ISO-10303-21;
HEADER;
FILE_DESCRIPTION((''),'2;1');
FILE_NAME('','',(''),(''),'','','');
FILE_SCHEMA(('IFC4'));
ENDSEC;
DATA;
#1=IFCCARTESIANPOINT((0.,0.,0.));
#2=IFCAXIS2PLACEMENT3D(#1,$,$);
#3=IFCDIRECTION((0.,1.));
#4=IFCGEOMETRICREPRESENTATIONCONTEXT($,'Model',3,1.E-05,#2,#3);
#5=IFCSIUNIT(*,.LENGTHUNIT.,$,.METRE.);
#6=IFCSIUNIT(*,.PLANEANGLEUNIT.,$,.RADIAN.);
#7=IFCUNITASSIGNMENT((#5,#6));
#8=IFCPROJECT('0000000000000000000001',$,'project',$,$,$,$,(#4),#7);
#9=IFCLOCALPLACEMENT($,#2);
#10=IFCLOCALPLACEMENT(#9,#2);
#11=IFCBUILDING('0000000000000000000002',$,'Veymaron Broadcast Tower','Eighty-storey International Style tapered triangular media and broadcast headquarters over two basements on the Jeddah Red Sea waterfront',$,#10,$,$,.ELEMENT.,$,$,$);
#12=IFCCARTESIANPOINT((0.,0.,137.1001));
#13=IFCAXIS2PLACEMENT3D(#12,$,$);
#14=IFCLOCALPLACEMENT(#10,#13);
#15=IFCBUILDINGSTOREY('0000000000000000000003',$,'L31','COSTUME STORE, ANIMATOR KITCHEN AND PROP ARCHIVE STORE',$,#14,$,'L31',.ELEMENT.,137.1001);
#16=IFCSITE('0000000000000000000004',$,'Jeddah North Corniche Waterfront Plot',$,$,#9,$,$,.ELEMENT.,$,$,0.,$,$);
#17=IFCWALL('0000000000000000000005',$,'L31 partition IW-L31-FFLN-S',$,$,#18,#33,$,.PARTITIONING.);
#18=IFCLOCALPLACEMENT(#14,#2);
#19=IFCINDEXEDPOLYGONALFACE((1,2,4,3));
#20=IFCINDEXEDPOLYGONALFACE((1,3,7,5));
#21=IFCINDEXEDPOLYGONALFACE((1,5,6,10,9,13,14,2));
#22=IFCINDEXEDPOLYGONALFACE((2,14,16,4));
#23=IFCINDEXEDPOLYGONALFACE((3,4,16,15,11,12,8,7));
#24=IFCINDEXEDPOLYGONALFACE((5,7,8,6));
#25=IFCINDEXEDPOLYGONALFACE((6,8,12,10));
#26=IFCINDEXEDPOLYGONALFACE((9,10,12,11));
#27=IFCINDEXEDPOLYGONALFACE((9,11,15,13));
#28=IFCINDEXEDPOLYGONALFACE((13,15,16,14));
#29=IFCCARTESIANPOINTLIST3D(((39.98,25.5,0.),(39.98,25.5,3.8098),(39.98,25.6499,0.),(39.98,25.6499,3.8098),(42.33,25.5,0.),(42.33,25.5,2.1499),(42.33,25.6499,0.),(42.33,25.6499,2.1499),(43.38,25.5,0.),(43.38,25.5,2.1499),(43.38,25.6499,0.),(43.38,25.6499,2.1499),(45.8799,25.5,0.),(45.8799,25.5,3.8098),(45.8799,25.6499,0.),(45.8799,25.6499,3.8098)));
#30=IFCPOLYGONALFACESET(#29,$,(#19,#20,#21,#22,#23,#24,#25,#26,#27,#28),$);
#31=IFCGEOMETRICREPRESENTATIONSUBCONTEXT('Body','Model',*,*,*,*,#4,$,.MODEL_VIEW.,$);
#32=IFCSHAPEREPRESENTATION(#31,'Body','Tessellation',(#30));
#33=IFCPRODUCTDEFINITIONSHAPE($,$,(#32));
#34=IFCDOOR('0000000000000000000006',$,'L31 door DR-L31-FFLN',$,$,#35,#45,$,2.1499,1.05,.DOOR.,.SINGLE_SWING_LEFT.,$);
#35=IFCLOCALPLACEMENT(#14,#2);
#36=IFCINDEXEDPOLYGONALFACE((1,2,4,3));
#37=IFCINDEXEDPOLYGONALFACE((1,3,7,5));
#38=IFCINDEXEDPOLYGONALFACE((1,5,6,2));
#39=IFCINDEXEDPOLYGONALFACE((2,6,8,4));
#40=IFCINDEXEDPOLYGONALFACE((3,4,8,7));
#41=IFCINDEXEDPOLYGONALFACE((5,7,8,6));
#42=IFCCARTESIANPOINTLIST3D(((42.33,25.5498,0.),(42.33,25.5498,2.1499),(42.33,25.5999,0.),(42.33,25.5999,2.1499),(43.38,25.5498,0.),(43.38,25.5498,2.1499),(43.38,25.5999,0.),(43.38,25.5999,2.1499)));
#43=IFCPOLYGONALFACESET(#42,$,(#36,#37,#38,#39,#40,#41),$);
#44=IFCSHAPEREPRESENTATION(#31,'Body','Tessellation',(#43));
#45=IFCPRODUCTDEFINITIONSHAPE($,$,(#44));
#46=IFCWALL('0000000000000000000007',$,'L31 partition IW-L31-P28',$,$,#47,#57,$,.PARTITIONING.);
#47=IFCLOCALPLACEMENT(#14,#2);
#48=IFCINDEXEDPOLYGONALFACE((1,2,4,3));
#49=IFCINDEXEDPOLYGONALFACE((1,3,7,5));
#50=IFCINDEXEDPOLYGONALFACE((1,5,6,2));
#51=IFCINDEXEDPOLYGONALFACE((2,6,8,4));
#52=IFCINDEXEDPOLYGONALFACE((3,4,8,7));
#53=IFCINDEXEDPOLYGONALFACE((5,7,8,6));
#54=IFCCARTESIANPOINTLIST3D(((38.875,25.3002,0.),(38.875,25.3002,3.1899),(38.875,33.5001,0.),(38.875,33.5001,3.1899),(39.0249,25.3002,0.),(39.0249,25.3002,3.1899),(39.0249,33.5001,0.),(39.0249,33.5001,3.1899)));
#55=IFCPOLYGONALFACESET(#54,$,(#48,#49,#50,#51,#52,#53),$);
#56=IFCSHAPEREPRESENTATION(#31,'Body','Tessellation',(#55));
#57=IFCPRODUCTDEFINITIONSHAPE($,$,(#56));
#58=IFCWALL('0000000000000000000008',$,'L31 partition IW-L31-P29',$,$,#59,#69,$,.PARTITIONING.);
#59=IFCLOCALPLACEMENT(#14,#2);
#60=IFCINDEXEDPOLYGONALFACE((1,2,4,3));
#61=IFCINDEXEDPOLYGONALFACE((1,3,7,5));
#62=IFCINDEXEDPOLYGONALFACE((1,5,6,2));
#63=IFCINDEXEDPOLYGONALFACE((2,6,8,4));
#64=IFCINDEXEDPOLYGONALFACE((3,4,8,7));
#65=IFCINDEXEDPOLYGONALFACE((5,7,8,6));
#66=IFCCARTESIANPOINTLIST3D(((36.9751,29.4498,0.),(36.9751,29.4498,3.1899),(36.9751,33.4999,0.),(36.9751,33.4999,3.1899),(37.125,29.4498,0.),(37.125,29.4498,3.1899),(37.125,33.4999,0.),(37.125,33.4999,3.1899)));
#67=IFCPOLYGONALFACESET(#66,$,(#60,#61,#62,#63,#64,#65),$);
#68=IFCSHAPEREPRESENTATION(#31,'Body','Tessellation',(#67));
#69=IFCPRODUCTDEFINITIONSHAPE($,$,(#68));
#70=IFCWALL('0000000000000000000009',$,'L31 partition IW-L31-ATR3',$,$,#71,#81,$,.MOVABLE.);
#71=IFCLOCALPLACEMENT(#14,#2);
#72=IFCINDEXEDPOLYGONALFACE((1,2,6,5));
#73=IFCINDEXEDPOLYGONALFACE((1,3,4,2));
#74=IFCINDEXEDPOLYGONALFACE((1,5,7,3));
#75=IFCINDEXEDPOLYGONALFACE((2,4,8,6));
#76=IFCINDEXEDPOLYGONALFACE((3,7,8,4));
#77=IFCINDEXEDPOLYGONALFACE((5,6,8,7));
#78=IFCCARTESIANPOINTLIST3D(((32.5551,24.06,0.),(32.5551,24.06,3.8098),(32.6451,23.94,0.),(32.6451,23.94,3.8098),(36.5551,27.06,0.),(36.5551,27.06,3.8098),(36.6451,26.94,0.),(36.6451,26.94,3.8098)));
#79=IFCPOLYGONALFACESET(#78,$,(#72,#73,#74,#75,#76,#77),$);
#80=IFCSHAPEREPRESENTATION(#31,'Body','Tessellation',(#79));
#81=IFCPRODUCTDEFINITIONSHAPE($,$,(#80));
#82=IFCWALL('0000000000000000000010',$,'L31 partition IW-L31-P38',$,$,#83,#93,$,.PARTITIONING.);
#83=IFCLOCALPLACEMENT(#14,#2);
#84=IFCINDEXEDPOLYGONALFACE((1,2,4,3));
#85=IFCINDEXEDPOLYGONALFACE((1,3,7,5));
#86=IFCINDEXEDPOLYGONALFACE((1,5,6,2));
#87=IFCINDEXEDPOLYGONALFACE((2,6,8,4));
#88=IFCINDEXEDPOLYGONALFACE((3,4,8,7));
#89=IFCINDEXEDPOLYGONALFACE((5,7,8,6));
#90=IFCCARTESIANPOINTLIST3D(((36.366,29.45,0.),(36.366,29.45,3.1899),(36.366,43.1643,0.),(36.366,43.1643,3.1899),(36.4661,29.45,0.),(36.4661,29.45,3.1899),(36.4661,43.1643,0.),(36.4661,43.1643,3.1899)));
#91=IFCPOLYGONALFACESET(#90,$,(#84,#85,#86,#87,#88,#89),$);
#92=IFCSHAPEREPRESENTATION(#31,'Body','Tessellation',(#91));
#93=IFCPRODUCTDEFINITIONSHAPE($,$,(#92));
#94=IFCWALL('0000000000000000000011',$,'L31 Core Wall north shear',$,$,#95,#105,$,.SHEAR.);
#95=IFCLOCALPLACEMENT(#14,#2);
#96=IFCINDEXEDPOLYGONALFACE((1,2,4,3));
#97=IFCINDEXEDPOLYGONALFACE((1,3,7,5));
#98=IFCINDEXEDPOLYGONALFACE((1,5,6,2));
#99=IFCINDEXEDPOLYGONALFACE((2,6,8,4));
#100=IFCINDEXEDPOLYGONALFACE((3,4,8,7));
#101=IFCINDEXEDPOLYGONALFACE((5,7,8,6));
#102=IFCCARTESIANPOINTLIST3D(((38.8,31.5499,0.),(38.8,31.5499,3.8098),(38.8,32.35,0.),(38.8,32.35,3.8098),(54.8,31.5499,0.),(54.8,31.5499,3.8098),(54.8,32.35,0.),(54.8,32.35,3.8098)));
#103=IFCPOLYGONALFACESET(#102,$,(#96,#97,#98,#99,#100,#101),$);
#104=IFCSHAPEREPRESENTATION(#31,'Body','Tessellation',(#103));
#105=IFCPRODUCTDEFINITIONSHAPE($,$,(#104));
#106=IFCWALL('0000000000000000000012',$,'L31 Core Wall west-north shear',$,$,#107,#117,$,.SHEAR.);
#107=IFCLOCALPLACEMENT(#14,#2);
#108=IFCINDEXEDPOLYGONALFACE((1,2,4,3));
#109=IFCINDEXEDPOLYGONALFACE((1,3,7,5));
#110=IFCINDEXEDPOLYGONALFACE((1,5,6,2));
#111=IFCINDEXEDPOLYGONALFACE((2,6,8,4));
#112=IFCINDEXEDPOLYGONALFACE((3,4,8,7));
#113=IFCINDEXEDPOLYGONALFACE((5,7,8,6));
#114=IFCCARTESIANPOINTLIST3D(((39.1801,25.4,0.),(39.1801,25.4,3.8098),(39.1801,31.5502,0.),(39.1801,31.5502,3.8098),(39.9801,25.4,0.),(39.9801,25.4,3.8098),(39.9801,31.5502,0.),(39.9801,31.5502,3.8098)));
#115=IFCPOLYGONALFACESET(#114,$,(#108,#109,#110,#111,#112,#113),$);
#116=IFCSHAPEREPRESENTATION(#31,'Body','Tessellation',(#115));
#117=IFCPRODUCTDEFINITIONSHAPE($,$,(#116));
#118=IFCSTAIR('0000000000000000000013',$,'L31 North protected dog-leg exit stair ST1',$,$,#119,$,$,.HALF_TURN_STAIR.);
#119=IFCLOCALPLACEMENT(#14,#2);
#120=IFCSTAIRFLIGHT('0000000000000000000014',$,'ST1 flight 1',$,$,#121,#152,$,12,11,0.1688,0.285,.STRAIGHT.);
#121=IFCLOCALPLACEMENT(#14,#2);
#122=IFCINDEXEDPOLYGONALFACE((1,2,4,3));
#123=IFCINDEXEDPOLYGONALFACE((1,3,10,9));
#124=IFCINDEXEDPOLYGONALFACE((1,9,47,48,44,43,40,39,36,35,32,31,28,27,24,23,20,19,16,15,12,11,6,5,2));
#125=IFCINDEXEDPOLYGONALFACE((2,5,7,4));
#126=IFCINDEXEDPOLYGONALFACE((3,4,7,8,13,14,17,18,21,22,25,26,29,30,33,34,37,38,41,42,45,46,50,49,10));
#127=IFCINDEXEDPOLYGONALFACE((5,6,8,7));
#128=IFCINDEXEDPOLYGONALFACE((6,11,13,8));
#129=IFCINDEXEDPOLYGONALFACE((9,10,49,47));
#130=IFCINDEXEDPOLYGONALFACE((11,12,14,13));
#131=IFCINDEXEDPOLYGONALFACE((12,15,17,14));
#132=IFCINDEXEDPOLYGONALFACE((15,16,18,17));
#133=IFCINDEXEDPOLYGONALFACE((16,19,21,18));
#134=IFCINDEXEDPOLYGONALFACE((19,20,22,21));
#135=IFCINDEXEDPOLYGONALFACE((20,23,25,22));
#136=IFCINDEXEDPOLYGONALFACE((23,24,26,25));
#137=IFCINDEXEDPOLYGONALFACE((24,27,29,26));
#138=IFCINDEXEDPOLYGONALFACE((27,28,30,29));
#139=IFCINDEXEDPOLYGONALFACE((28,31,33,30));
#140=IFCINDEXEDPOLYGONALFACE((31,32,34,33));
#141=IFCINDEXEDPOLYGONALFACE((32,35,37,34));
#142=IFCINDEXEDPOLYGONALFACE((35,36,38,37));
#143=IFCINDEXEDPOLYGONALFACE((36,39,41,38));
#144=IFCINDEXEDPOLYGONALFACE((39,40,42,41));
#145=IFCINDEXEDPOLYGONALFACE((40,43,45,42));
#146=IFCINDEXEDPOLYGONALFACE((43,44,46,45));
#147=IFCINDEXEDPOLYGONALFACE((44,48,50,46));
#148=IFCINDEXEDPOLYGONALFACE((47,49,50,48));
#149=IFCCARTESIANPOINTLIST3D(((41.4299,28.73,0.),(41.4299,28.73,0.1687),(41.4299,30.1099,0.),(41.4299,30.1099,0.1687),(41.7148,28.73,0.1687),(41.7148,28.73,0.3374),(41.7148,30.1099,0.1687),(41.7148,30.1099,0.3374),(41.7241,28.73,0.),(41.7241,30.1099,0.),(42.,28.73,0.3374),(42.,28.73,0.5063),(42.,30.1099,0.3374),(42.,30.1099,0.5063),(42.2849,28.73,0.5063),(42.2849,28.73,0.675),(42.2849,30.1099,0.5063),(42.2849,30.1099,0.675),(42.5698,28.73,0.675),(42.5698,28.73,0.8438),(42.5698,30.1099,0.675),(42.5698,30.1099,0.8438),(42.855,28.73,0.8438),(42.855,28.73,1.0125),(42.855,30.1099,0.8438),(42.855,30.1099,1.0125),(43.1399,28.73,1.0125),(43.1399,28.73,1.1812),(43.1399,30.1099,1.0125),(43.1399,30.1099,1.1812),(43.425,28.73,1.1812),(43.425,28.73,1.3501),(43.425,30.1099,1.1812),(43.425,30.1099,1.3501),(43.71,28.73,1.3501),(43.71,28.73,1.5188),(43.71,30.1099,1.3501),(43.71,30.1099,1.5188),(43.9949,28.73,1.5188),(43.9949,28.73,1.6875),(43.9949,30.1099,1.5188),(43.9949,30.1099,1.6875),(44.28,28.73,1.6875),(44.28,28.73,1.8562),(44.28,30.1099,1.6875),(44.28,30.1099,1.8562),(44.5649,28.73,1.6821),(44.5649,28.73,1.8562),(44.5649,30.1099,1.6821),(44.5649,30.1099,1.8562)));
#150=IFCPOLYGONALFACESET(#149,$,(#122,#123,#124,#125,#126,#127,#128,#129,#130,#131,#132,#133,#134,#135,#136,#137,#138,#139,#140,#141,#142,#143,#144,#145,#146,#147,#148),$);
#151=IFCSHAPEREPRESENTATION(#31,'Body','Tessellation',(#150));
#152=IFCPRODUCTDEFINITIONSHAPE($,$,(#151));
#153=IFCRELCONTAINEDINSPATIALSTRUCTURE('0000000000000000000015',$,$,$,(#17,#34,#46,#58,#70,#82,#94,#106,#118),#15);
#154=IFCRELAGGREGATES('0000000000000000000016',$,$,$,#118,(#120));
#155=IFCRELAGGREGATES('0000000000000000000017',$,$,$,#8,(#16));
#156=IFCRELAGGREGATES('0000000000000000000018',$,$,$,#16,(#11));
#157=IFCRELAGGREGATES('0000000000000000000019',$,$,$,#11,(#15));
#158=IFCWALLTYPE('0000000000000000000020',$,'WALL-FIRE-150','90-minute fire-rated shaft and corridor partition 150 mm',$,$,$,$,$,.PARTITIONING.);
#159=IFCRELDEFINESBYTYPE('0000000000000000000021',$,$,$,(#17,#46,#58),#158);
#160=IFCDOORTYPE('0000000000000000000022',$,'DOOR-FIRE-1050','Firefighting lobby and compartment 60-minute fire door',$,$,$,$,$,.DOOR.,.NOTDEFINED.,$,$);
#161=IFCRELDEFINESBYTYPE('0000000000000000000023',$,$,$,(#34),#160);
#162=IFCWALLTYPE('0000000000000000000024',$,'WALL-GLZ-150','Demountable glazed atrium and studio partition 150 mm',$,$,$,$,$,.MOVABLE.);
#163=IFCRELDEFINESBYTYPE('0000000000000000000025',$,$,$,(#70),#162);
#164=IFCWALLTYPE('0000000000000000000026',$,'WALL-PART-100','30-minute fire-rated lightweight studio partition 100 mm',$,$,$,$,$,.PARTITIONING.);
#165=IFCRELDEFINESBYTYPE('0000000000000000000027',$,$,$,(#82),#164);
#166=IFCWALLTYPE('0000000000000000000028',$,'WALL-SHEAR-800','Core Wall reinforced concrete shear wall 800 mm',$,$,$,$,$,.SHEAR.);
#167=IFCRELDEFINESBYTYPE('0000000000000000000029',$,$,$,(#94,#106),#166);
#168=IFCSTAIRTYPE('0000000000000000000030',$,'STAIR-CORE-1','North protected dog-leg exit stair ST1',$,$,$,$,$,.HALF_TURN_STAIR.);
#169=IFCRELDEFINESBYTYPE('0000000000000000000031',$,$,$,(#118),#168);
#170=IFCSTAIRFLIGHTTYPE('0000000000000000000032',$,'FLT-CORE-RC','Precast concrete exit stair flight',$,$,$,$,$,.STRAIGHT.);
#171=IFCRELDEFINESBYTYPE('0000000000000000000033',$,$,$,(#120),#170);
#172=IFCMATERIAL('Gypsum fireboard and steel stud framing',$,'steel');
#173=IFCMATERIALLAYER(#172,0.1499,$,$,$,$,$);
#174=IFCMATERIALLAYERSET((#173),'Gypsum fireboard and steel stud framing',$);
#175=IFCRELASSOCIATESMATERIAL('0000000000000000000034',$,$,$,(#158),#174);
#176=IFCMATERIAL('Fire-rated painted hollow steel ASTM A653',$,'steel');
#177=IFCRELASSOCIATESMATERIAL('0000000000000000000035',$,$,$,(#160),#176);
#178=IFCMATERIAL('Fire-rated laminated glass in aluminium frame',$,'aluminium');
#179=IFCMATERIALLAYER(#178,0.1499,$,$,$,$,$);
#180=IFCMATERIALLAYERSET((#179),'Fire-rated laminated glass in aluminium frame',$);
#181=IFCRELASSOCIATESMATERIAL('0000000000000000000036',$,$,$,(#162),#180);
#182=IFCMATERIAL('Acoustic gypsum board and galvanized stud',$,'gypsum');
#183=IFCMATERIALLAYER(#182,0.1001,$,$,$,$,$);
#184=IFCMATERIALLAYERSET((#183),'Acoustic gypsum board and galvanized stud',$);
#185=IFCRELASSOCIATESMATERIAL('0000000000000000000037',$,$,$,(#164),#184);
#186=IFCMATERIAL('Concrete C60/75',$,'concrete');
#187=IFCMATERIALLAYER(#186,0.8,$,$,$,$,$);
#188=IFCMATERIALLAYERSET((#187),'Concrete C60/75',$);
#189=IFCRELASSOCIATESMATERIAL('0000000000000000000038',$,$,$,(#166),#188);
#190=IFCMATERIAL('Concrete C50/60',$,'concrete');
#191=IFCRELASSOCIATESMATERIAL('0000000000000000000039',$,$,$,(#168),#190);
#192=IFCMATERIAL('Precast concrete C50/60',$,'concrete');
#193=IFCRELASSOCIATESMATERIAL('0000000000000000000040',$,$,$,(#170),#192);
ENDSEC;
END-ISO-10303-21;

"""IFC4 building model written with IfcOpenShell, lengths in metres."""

from ifc_helpers import new_model, si_unit, direction, frame, frame_2d, origin, place, context, subcontext, project, spatial, polyline, rectangle, outline, extrude, material, layer, layer_set, type_object, element, fill, aggregate, save


model = new_model("IFC4")

# Units and contexts
model_context = context("Model", 3, precision=1e-05, world=origin(), true_north=direction((0.0, 1.0)))
body_context = subcontext(model_context, "Body", "Model", "MODEL_VIEW")
ifc_project = project(units=[si_unit("LENGTHUNIT", "METRE"), si_unit("PLANEANGLEUNIT", "RADIAN")], contexts=[model_context])

# Site, building, storey
site_placement = place(None, origin())
site = spatial("IfcSite", under=ifc_project, at=site_placement, Name="Jeddah North Corniche Waterfront Plot", CompositionType="ELEMENT", RefElevation=0.0)
building_placement = place(site_placement, origin())
building = spatial("IfcBuilding", under=site, at=building_placement, Name="Veymaron Broadcast Tower", Description="Eighty-storey International Style tapered triangular media and broadcast headquarters over two basements on the Jeddah Red Sea waterfront", CompositionType="ELEMENT")
storey_placement = place(building_placement, frame((0.0, 0.0, 137.1001)))
storey = spatial("IfcBuildingStorey", under=building, at=storey_placement, Name="L31", Description="COSTUME STORE, ANIMATOR KITCHEN AND PROP ARCHIVE STORE", LongName="L31", CompositionType="ELEMENT", Elevation=137.1001)

# Wall, opening, door
ifc_material_1 = material(Name="Gypsum fireboard and steel stud framing", Category="steel")
ifc_layer_1 = layer(ifc_material_1, 0.1499)
ifc_layer_set_1 = layer_set([ifc_layer_1], Name="Gypsum fireboard and steel stud framing")
wall_type_1 = type_object("IfcWallType", Name="WALL-FIRE-150", Description="90-minute fire-rated shaft and corridor partition 150 mm", PredefinedType="PARTITIONING", material=ifc_layer_set_1)
wall_1_placement = place(storey_placement, frame((39.98, 25.575, 0.0), z_axis=(0.0, 0.0, 1.0), x_axis=(1.0, 0.0, 0.0)))
wall_1 = element("IfcWall", 1, at=wall_1_placement, inside=storey, type_object=wall_type_1, Name="L31 partition IW-L31-FFLN-S", PredefinedType="PARTITIONING", context=body_context, shape_type="SweptSolid", body=[
    extrude(rectangle(XDim=5.8999, YDim=0.1499, at=frame_2d((2.95, 0.0))), origin(), (0.0, 0.0, 1.0), 3.8098),
])
opening_1_placement = place(wall_1_placement, frame((2.3501, 0.0, 0.0)))
opening_1 = element("IfcOpeningElement", 2, at=opening_1_placement, cuts=wall_1, PredefinedType="OPENING", context=body_context, shape_type="SweptSolid", body=[
    extrude(rectangle(XDim=1.05, YDim=2.1499, at=frame_2d((0.5249, 1.075))), frame((0.0, 0.085, 0.0), z_axis=(0.0, -1.0, 0.0), x_axis=(1.0, 0.0, 0.0)), (0.0, 0.0, 1.0), 0.1699),
])
ifc_material_2 = material(Name="Fire-rated painted hollow steel ASTM A653", Category="steel")
door_type_1 = type_object("IfcDoorType", Name="DOOR-FIRE-1050", Description="Firefighting lobby and compartment 60-minute fire door", OperationType="NOTDEFINED", PredefinedType="DOOR", material=ifc_material_2)
door_1_placement = place(opening_1_placement, origin())
door_1 = element("IfcDoor", 3, at=door_1_placement, inside=storey, type_object=door_type_1, Name="L31 door DR-L31-FFLN", OperationType="SINGLE_SWING_LEFT", OverallHeight=2.1499, OverallWidth=1.05, PredefinedType="DOOR", context=body_context, shape_type="SweptSolid", body=[
    extrude(rectangle(XDim=1.05, YDim=2.1499, at=frame_2d((0.5249, 1.075))), frame((0.0, 0.0249, 0.0), z_axis=(0.0, -1.0, 0.0), x_axis=(1.0, 0.0, 0.0)), (0.0, 0.0, 1.0), 0.05),
])
fill(opening_1, door_1)

# Walls
wall_2_placement = place(storey_placement, frame((38.95, 25.3, 0.0), z_axis=(0.0, 0.0, 1.0), x_axis=(0.0, 1.0, 0.0)))
element("IfcWall", 4, at=wall_2_placement, inside=storey, type_object=wall_type_1, Name="L31 partition IW-L31-P28", PredefinedType="PARTITIONING", context=body_context, shape_type="SweptSolid", body=[
    extrude(rectangle(XDim=8.2, YDim=0.1499, at=frame_2d((4.1001, 0.0))), origin(), (0.0, 0.0, 1.0), 3.1899),
])
wall_3_placement = place(storey_placement, frame((37.05, 29.45, 0.0), z_axis=(0.0, 0.0, 1.0), x_axis=(0.0, 1.0, 0.0)))
element("IfcWall", 5, at=wall_3_placement, inside=storey, type_object=wall_type_1, Name="L31 partition IW-L31-P29", PredefinedType="PARTITIONING", context=body_context, shape_type="SweptSolid", body=[
    extrude(rectangle(XDim=4.05, YDim=0.1499, at=frame_2d((2.0249, 0.0))), origin(), (0.0, 0.0, 1.0), 3.1899),
])
ifc_material_3 = material(Name="Fire-rated laminated glass in aluminium frame", Category="aluminium")
ifc_layer_2 = layer(ifc_material_3, 0.1499)
ifc_layer_set_2 = layer_set([ifc_layer_2], Name="Fire-rated laminated glass in aluminium frame")
wall_type_2 = type_object("IfcWallType", Name="WALL-GLZ-150", Description="Demountable glazed atrium and studio partition 150 mm", PredefinedType="MOVABLE", material=ifc_layer_set_2)
wall_4_placement = place(storey_placement, frame((36.6001, 27.0, 0.0), z_axis=(0.0, 0.0, 1.0), x_axis=(-0.8, -0.6, 0.0)))
element("IfcWall", 6, at=wall_4_placement, inside=storey, type_object=wall_type_2, Name="L31 partition IW-L31-ATR3", PredefinedType="MOVABLE", context=body_context, shape_type="SweptSolid", body=[
    extrude(rectangle(XDim=5.0, YDim=0.1499, at=frame_2d((2.5, 0.0))), origin(), (0.0, 0.0, 1.0), 3.8098),
])
ifc_material_4 = material(Name="Acoustic gypsum board and galvanized stud", Category="gypsum")
ifc_layer_3 = layer(ifc_material_4, 0.1001)
ifc_layer_set_3 = layer_set([ifc_layer_3], Name="Acoustic gypsum board and galvanized stud")
wall_type_3 = type_object("IfcWallType", Name="WALL-PART-100", Description="30-minute fire-rated lightweight studio partition 100 mm", PredefinedType="PARTITIONING", material=ifc_layer_set_3)
wall_5_placement = place(storey_placement, frame((36.416, 29.45, 0.0), z_axis=(0.0, 0.0, 1.0), x_axis=(0.0, 1.0, 0.0)))
element("IfcWall", 7, at=wall_5_placement, inside=storey, type_object=wall_type_3, Name="L31 partition IW-L31-P38", PredefinedType="PARTITIONING", context=body_context, shape_type="SweptSolid", body=[
    extrude(rectangle(XDim=13.7144, YDim=0.1001, at=frame_2d((6.8572, 0.0))), origin(), (0.0, 0.0, 1.0), 3.1899),
])

# Shared definitions
ifc_material_5 = material(Name="Concrete C50/60", Category="concrete")

# Walls
ifc_material_6 = material(Name="Concrete C60/75", Category="concrete")
ifc_layer_4 = layer(ifc_material_6, 0.8)
ifc_layer_set_4 = layer_set([ifc_layer_4], Name="Concrete C60/75")
wall_type_4 = type_object("IfcWallType", Name="WALL-SHEAR-800", Description="Core Wall reinforced concrete shear wall 800 mm", PredefinedType="SHEAR", material=ifc_layer_set_4)
wall_6_placement = place(storey_placement, frame((38.8, 31.95, 0.0), z_axis=(0.0, 0.0, 1.0), x_axis=(1.0, 0.0, 0.0)))
element("IfcWall", 8, at=wall_6_placement, inside=storey, type_object=wall_type_4, Name="L31 Core Wall north shear", PredefinedType="SHEAR", context=body_context, shape_type="SweptSolid", body=[
    extrude(rectangle(XDim=16.0, YDim=0.8, at=frame_2d((8.0, 0.0))), origin(), (0.0, 0.0, 1.0), 3.8098),
])
wall_7_placement = place(storey_placement, frame((39.5801, 25.3999, 0.0), z_axis=(0.0, 0.0, 1.0), x_axis=(0.0, 1.0, 0.0)))
element("IfcWall", 9, at=wall_7_placement, inside=storey, type_object=wall_type_4, Name="L31 Core Wall west-north shear", PredefinedType="SHEAR", context=body_context, shape_type="SweptSolid", body=[
    extrude(rectangle(XDim=6.1501, YDim=0.8, at=frame_2d((3.0752, 0.0))), origin(), (0.0, 0.0, 1.0), 3.8098),
])

# Stair, stair flight
stair_type = type_object("IfcStairType", Name="STAIR-CORE-1", Description="North protected dog-leg exit stair ST1", PredefinedType="HALF_TURN_STAIR", material=ifc_material_5)
stair_placement = place(storey_placement, origin())
stair = element("IfcStair", 10, at=stair_placement, inside=storey, type_object=stair_type, Name="L31 North protected dog-leg exit stair ST1", PredefinedType="HALF_TURN_STAIR")
ifc_material_7 = material(Name="Precast concrete C50/60", Category="concrete")
stair_flight_type = type_object("IfcStairFlightType", Name="FLT-CORE-RC", Description="Precast concrete exit stair flight", PredefinedType="STRAIGHT", material=ifc_material_7)
stair_flight_1_placement = place(storey_placement, frame((41.4299, 29.4199, 0.0), z_axis=(0.0, 0.0, 1.0), x_axis=(1.0, 0.0, 0.0)))
stair_flight_1 = element("IfcStairFlight", 11, at=stair_flight_1_placement, type_object=stair_flight_type, Name="ST1 flight 1", NumberOfRisers=12, NumberOfTreads=11, PredefinedType="STRAIGHT", RiserHeight=0.1688, TreadLength=0.285, context=body_context, shape_type="SweptSolid", body=[
    extrude(outline(polyline([(0.0, 0.0), (0.0, 0.1687), (0.2849, 0.1687), (0.2849, 0.3374), (0.5701, 0.3374), (0.5701, 0.5063), (0.855, 0.5063), (0.855, 0.675), (1.1399, 0.675), (1.1399, 0.8438), (1.425, 0.8438), (1.425, 1.0125), (1.71, 1.0125), (1.71, 1.1812), (1.9951, 1.1812), (1.9951, 1.3501), (2.28, 1.3501), (2.28, 1.5188), (2.5649, 1.5188), (2.5649, 1.6875), (2.8501, 1.6875), (2.8501, 1.8562), (3.135, 1.8562), (3.135, 2.0249), (3.135, 1.6821), (0.2942, 0.0), (0.0, 0.0)])), frame((0.0, 0.6899, 0.0), z_axis=(0.0, -1.0, 0.0), x_axis=(1.0, 0.0, 0.0)), (0.0, 0.0, 1.0), 1.3799),
])
aggregate(stair, [stair_flight_1])

save(model, "model.ifc")
